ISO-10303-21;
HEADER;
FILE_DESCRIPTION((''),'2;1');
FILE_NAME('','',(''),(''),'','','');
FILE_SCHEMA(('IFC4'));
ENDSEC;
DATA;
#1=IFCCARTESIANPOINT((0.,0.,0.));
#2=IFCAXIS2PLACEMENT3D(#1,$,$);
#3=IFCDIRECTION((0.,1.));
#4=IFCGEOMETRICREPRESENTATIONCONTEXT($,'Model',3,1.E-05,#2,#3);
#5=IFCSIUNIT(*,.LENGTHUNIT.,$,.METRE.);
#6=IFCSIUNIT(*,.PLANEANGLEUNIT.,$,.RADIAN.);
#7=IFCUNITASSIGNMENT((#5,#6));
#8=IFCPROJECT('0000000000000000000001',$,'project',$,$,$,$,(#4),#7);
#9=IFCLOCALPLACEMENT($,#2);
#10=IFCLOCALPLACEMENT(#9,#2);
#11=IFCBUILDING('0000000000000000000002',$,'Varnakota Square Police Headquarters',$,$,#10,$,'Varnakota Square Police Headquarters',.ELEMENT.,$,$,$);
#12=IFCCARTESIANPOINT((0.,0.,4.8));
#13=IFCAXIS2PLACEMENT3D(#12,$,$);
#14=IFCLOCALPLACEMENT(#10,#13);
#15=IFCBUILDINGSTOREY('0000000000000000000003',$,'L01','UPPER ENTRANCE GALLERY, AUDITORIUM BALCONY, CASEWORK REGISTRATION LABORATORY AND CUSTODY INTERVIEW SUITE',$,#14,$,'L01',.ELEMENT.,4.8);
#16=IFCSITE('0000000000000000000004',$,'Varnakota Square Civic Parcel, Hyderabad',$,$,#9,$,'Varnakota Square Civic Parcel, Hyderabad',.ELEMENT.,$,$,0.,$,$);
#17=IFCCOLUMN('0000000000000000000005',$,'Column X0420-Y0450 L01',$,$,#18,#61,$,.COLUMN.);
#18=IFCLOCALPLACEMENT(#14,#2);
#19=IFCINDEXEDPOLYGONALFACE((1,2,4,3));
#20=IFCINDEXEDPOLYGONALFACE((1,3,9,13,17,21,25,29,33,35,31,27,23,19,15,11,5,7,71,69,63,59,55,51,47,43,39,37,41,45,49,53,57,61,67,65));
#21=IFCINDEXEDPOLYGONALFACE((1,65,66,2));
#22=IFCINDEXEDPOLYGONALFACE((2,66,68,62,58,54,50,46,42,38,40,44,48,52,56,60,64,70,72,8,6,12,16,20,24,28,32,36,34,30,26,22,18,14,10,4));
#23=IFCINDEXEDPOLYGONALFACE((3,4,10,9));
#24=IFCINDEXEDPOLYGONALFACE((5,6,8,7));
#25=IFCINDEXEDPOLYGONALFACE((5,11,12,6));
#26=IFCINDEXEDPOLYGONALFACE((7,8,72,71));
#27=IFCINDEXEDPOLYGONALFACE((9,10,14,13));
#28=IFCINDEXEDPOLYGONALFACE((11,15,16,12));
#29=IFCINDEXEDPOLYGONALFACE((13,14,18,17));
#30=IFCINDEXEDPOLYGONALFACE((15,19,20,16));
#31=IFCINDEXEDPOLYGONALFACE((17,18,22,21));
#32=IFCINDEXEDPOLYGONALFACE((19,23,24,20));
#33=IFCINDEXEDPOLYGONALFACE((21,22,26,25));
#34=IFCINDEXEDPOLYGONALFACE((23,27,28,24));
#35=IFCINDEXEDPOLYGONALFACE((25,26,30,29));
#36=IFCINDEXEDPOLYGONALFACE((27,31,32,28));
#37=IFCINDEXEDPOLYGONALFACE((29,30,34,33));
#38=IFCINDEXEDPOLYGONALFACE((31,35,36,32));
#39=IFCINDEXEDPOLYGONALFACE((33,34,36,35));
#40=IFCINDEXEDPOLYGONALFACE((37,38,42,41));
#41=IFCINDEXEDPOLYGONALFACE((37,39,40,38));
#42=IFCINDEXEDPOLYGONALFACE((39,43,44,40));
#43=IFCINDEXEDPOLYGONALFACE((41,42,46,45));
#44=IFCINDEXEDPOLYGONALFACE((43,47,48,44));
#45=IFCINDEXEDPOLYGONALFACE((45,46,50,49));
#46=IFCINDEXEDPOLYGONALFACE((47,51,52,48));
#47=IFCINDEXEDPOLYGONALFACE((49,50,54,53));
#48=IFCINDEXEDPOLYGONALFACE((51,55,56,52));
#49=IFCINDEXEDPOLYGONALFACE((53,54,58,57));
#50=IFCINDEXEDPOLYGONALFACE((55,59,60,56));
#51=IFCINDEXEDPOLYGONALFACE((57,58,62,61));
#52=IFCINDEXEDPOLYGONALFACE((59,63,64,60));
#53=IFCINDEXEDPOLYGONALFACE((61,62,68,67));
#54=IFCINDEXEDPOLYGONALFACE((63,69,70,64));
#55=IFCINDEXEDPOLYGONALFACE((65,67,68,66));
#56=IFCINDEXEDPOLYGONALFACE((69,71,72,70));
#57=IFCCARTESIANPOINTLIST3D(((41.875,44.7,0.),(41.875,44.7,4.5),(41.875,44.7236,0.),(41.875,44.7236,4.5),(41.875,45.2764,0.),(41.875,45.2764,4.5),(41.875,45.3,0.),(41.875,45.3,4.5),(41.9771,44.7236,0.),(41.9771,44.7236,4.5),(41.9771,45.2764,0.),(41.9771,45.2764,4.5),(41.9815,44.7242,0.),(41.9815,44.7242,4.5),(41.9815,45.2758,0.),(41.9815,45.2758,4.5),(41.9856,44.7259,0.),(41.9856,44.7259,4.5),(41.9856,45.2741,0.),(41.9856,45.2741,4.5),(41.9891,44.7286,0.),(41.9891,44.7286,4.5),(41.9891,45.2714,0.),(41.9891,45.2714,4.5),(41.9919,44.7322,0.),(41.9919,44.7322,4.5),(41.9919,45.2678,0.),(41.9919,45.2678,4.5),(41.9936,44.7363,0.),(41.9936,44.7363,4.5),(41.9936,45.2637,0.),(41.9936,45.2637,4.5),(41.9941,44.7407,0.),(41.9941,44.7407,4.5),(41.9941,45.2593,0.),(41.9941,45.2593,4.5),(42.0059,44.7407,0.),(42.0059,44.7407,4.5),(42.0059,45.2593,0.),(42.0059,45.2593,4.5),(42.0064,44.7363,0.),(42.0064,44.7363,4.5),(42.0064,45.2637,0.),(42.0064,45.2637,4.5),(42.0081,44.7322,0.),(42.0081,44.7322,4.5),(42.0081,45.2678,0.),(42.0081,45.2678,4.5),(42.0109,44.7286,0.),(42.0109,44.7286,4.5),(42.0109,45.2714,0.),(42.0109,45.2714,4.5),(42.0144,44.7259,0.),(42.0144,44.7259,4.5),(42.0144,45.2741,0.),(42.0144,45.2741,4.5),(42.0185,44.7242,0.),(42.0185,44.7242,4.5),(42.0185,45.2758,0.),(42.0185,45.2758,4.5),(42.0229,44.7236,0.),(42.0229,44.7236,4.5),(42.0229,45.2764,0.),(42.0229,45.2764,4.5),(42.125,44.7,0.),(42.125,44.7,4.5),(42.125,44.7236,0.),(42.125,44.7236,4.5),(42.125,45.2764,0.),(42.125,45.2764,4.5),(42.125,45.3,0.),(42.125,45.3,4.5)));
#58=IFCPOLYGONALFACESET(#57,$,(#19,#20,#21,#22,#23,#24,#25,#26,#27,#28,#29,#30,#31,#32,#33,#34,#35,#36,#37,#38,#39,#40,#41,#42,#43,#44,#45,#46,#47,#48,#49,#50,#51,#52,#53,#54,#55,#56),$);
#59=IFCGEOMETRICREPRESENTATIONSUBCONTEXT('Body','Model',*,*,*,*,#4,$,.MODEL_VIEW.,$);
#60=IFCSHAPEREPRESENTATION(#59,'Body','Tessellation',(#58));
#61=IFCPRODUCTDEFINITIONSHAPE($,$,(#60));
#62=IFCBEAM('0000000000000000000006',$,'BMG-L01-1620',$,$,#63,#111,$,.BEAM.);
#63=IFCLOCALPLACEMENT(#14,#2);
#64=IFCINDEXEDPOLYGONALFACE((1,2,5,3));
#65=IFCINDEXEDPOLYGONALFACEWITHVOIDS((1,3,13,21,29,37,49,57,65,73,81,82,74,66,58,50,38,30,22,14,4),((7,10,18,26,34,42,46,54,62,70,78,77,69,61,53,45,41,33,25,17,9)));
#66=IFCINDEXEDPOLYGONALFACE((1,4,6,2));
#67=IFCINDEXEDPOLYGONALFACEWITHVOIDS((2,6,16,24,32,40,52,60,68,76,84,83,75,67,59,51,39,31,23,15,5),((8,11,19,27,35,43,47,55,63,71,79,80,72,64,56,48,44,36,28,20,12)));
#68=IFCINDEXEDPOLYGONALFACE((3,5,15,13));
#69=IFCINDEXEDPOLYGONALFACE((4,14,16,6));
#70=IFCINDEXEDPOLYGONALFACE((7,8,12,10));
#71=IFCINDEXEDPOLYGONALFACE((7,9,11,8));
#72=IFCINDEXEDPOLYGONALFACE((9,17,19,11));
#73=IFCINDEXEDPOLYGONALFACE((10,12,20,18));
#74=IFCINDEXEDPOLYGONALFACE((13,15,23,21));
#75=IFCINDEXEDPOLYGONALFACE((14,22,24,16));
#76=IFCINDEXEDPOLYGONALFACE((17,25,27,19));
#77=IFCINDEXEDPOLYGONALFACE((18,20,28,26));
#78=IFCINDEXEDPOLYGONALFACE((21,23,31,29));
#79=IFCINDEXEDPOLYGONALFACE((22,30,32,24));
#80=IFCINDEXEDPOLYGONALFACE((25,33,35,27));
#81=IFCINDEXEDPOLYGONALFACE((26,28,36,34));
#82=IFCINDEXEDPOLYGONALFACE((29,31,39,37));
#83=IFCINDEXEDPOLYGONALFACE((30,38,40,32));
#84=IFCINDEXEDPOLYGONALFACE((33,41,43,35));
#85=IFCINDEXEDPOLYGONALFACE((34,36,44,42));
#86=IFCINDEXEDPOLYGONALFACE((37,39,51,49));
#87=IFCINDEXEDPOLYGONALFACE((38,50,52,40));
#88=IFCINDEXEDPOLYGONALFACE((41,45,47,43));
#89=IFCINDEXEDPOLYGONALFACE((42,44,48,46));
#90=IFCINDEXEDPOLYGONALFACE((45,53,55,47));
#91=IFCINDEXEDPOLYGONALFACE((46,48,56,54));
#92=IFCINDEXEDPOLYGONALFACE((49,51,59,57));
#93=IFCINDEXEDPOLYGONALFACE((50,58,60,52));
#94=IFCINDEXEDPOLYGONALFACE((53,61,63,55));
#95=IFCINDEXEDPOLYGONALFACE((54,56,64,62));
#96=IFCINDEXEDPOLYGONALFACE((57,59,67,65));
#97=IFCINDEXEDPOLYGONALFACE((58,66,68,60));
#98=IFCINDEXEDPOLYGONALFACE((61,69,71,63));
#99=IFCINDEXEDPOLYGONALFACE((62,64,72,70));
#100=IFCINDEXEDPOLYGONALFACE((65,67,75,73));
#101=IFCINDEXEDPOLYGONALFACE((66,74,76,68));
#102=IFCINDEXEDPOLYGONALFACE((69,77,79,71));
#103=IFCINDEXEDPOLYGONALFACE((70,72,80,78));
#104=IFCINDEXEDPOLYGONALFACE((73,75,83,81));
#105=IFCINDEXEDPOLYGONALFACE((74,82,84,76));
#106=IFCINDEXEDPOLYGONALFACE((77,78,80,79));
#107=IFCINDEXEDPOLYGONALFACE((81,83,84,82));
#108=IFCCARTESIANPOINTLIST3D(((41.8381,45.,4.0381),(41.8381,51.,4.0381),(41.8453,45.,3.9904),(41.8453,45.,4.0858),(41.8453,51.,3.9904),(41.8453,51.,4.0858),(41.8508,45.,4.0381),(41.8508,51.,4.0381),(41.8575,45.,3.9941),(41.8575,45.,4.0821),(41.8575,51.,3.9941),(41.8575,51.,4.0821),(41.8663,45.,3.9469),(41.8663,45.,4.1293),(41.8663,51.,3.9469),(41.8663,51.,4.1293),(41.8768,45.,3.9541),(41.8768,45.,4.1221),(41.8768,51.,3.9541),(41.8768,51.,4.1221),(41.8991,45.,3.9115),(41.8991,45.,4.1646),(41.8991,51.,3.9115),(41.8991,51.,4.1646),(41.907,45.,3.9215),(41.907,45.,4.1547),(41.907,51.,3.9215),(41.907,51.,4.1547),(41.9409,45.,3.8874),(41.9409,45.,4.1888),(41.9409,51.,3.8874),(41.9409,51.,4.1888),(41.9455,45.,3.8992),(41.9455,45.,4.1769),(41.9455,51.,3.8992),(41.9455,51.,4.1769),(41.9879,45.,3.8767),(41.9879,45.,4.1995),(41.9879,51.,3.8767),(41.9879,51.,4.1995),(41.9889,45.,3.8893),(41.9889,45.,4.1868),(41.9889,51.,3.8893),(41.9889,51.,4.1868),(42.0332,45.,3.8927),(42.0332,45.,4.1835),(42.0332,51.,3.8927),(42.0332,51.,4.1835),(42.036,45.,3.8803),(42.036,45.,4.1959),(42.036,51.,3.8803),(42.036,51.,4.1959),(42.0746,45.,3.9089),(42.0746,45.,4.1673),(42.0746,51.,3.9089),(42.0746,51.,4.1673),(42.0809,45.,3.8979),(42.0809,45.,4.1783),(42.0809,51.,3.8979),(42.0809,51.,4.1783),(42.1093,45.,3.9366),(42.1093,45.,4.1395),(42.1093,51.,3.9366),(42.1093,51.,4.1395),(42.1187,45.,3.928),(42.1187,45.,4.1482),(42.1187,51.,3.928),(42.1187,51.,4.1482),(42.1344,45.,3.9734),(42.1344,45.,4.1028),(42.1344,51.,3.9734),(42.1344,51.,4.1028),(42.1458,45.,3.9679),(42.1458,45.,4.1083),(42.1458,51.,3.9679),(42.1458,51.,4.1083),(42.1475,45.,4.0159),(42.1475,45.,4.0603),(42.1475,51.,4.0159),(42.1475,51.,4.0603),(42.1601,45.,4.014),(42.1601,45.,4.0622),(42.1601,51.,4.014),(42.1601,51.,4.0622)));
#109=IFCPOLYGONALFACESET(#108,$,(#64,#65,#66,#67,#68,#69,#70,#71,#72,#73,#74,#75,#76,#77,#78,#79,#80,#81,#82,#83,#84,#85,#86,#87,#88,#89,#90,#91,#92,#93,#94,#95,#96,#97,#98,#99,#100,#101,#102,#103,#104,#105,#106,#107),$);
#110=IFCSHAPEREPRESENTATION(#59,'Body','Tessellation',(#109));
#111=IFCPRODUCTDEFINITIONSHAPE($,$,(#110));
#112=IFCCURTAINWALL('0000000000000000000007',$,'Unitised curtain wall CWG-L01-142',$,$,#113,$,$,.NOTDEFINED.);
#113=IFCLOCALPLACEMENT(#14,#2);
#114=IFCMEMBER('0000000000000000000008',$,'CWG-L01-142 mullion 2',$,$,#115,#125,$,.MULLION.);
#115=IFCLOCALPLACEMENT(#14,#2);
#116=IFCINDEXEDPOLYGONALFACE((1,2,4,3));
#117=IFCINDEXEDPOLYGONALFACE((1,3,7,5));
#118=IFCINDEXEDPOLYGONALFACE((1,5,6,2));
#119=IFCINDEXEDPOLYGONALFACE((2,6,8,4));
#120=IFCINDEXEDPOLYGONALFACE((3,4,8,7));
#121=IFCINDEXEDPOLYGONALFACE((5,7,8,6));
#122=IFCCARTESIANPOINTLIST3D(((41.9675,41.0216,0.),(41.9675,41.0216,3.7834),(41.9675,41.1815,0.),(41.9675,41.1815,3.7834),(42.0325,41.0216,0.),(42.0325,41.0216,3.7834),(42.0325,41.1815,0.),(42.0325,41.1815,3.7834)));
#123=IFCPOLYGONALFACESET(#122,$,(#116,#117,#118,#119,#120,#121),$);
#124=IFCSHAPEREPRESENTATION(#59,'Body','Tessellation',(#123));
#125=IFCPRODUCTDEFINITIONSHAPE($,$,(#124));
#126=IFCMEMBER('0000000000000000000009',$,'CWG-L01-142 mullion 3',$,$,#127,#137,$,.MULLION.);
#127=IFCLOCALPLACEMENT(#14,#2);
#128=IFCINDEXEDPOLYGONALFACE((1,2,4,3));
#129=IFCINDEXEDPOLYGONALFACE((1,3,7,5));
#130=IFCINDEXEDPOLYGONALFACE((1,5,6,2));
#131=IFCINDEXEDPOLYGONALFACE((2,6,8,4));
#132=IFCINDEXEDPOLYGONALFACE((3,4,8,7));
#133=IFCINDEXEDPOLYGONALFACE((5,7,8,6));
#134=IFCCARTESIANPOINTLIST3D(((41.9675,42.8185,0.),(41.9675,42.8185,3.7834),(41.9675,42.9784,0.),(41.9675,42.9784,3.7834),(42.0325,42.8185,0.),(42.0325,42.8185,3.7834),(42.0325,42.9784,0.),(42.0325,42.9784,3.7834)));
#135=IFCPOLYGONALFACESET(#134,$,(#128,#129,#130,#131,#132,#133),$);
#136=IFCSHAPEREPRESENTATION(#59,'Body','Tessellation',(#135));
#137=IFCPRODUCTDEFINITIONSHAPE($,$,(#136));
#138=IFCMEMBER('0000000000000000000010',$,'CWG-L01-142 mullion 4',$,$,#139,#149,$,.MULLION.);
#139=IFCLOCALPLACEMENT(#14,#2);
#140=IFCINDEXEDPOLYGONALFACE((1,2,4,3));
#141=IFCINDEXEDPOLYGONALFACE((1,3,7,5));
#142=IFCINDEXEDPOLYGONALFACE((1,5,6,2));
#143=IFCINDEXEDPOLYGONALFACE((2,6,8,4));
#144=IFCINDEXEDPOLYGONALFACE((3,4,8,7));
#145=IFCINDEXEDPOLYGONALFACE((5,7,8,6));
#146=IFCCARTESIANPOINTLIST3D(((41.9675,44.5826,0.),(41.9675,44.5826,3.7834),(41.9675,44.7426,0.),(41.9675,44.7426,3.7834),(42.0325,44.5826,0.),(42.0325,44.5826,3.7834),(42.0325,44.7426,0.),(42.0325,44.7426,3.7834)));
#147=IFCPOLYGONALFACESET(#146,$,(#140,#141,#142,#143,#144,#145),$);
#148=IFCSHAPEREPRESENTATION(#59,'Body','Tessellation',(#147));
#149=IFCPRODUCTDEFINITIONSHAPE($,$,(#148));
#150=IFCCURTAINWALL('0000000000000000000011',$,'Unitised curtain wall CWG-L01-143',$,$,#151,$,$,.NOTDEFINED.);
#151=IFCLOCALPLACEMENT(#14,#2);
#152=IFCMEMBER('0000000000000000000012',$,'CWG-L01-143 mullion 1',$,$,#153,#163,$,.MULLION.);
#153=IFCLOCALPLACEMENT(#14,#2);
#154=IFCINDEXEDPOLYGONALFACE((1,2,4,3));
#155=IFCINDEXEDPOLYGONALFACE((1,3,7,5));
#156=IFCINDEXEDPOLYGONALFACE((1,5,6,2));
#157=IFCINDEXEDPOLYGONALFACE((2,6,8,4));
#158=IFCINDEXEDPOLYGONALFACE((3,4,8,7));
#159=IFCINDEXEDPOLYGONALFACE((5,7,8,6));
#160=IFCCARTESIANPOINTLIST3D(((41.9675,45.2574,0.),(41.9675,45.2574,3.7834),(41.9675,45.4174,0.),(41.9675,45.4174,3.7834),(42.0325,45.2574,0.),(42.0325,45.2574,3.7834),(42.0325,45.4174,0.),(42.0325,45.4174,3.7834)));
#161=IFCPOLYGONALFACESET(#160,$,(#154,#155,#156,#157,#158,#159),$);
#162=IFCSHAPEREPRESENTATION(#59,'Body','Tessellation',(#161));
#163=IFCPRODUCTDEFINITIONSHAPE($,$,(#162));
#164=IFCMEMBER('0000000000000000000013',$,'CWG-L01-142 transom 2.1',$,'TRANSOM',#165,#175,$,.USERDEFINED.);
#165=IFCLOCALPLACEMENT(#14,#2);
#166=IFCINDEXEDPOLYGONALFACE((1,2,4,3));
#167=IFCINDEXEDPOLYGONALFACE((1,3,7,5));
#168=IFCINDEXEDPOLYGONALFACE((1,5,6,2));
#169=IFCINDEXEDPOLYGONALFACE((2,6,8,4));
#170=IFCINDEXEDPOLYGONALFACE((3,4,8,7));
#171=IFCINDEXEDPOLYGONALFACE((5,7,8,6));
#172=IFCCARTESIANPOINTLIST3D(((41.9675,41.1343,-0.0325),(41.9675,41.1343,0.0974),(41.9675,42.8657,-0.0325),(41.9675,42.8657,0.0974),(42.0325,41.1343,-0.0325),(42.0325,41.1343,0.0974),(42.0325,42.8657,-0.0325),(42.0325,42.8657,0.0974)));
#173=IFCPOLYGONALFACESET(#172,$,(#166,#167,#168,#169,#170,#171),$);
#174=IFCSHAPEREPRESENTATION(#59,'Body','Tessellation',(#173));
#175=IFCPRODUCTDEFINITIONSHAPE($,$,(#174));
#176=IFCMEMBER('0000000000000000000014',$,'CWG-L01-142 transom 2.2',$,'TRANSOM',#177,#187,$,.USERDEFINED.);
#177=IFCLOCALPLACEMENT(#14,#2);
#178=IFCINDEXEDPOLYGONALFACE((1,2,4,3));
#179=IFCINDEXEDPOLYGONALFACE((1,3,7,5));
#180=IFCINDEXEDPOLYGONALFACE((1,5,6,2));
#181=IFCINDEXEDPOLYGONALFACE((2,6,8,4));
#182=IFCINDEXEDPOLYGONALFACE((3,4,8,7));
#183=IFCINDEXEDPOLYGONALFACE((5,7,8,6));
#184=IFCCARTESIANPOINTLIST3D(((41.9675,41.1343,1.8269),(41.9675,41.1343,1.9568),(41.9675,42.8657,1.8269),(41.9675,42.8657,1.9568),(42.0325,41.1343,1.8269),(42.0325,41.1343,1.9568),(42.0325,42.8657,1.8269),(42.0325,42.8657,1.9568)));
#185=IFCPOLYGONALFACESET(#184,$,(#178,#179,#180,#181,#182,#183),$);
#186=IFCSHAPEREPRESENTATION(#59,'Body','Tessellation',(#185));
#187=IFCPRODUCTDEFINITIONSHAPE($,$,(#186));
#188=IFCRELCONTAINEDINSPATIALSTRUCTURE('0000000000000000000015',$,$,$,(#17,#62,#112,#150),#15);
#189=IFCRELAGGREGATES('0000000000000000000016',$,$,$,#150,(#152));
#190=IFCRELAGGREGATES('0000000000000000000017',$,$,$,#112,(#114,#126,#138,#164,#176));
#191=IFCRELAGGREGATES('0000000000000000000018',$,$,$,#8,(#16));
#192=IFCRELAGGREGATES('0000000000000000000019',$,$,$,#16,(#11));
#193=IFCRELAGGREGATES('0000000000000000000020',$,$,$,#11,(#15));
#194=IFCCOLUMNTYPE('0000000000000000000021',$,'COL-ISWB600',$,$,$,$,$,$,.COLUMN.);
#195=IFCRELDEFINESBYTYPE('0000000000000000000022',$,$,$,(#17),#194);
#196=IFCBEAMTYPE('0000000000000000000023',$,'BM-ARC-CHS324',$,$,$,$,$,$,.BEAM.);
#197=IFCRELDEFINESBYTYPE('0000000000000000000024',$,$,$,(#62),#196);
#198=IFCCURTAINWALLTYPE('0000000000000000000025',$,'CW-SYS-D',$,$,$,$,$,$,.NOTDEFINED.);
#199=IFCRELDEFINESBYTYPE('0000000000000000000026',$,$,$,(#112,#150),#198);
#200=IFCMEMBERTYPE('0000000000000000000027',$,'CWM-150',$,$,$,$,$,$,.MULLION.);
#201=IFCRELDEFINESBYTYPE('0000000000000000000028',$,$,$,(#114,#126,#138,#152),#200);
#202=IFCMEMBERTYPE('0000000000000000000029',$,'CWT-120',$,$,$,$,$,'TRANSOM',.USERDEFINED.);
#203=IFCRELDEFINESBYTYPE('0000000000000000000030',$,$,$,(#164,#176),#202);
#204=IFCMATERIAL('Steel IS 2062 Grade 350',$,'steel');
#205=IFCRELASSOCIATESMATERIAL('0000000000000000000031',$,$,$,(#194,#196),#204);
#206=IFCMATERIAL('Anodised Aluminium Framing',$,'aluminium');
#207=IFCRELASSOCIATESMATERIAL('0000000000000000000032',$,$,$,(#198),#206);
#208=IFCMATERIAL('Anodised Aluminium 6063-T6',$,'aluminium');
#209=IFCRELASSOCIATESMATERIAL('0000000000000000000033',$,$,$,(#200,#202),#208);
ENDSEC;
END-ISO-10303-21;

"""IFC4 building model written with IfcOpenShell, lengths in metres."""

from ifc_helpers import new_model, si_unit, direction, frame, origin, origin_2d, place, context, subcontext, project, spatial, rectangle, hollow_circle, i_section, extrude, material, material_profile, profile_set, type_object, element, aggregate, save


model = new_model("IFC4")

# Units and contexts
model_context = context("Model", 3, precision=1e-05, world=origin(), true_north=direction((0.0, 1.0)))
body_context = subcontext(model_context, "Body", "Model", "MODEL_VIEW")
ifc_project = project(units=[si_unit("LENGTHUNIT", "METRE"), si_unit("PLANEANGLEUNIT", "RADIAN")], contexts=[model_context])

# Site, building, storey
site_placement = place(None, origin())
site = spatial("IfcSite", under=ifc_project, at=site_placement, Name="Varnakota Square Civic Parcel, Hyderabad", LongName="Varnakota Square Civic Parcel, Hyderabad", CompositionType="ELEMENT", RefElevation=0.0)
building_placement = place(site_placement, origin())
building = spatial("IfcBuilding", under=site, at=building_placement, Name="Varnakota Square Police Headquarters", LongName="Varnakota Square Police Headquarters", CompositionType="ELEMENT")
storey_placement = place(building_placement, frame((0.0, 0.0, 4.8)))
storey = spatial("IfcBuildingStorey", under=building, at=storey_placement, Name="L01", Description="UPPER ENTRANCE GALLERY, AUDITORIUM BALCONY, CASEWORK REGISTRATION LABORATORY AND CUSTODY INTERVIEW SUITE", LongName="L01", CompositionType="ELEMENT", Elevation=4.8)

# Column
ifc_material_1 = material(Name="Steel IS 2062 Grade 350", Category="steel")
ifc_material_profile_1 = material_profile(ifc_material_1, i_section(OverallWidth=0.25, OverallDepth=0.6001, WebThickness=0.0117, FlangeThickness=0.0237, FilletRadius=0.0171, at=origin_2d()), Name="ISWB 600")
ifc_profile_set_1 = profile_set([ifc_material_profile_1], Name="Steel IS 2062 Grade 350")
column_type = type_object("IfcColumnType", Name="COL-ISWB600", PredefinedType="COLUMN", material=ifc_profile_set_1)
column_placement = place(storey_placement, frame((42.0, 45.0, 0.0), z_axis=(0.0, 0.0, 1.0), x_axis=(1.0, 0.0, 0.0)))
element("IfcColumn", 1, at=column_placement, inside=storey, type_object=column_type, Name="Column X0420-Y0450 L01", PredefinedType="COLUMN", context=body_context, shape_type="SweptSolid", body=[
    extrude(i_section(OverallWidth=0.25, OverallDepth=0.6001, WebThickness=0.0117, FlangeThickness=0.0237, FilletRadius=0.0171, at=origin_2d()), origin(), (0.0, 0.0, 1.0), 4.5),
])

# Beam
ifc_material_profile_2 = material_profile(ifc_material_1, hollow_circle(Radius=0.1619, WallThickness=0.0127, at=origin_2d()), Name="CHS 323.9x12.7")
ifc_profile_set_2 = profile_set([ifc_material_profile_2], Name="Steel IS 2062 Grade 350")
beam_type = type_object("IfcBeamType", Name="BM-ARC-CHS324", PredefinedType="BEAM", material=ifc_profile_set_2)
beam_placement = place(storey_placement, frame((42.0, 45.0, 4.0381), z_axis=(0.0, 1.0, 0.0), x_axis=(-1.0, 0.0, 0.0)))
element("IfcBeam", 2, at=beam_placement, inside=storey, type_object=beam_type, Name="BMG-L01-1620", PredefinedType="BEAM", context=body_context, shape_type="SweptSolid", body=[
    extrude(hollow_circle(Radius=0.1619, WallThickness=0.0127, at=origin_2d()), origin(), (0.0, 0.0, 1.0), 6.0),
])

# Curtain wall, members
ifc_material_2 = material(Name="Anodised Aluminium Framing", Category="aluminium")
curtain_wall_type = type_object("IfcCurtainWallType", Name="CW-SYS-D", PredefinedType="NOTDEFINED", material=ifc_material_2)
curtain_wall_1_placement = place(storey_placement, origin())
curtain_wall_1 = element("IfcCurtainWall", 3, at=curtain_wall_1_placement, inside=storey, type_object=curtain_wall_type, Name="Unitised curtain wall CWG-L01-142", PredefinedType="NOTDEFINED")
ifc_material_3 = material(Name="Anodised Aluminium 6063-T6", Category="aluminium")
ifc_material_profile_3 = material_profile(ifc_material_3, rectangle(XDim=0.0649, YDim=0.1599, at=origin_2d()), Name="ALU MULLION 65x160")
ifc_profile_set_3 = profile_set([ifc_material_profile_3], Name="Anodised Aluminium 6063-T6")
member_type_1 = type_object("IfcMemberType", Name="CWM-150", PredefinedType="MULLION", material=ifc_profile_set_3)
member_1_placement = place(storey_placement, frame((42.0, 41.1016, 0.0), z_axis=(0.0, 0.0, 1.0), x_axis=(-1.0, 0.0, 0.0)))
member_1 = element("IfcMember", 4, at=member_1_placement, type_object=member_type_1, Name="CWG-L01-142 mullion 2", PredefinedType="MULLION", context=body_context, shape_type="SweptSolid", body=[
    extrude(rectangle(XDim=0.0649, YDim=0.1599, at=origin_2d()), origin(), (0.0, 0.0, 1.0), 3.7834),
])
member_2_placement = place(storey_placement, frame((42.0, 42.8984, 0.0), z_axis=(0.0, 0.0, 1.0), x_axis=(-1.0, 0.0, 0.0)))
member_2 = element("IfcMember", 5, at=member_2_placement, type_object=member_type_1, Name="CWG-L01-142 mullion 3", PredefinedType="MULLION", context=body_context, shape_type="SweptSolid", body=[
    extrude(rectangle(XDim=0.0649, YDim=0.1599, at=origin_2d()), origin(), (0.0, 0.0, 1.0), 3.7834),
])
member_3_placement = place(storey_placement, frame((42.0, 44.6626, 0.0), z_axis=(0.0, 0.0, 1.0), x_axis=(-1.0, 0.0, 0.0)))
member_3 = element("IfcMember", 6, at=member_3_placement, type_object=member_type_1, Name="CWG-L01-142 mullion 4", PredefinedType="MULLION", context=body_context, shape_type="SweptSolid", body=[
    extrude(rectangle(XDim=0.0649, YDim=0.1599, at=origin_2d()), origin(), (0.0, 0.0, 1.0), 3.7834),
])

# Curtain wall, member
curtain_wall_2_placement = place(storey_placement, origin())
curtain_wall_2 = element("IfcCurtainWall", 7, at=curtain_wall_2_placement, inside=storey, type_object=curtain_wall_type, Name="Unitised curtain wall CWG-L01-143", PredefinedType="NOTDEFINED")
member_4_placement = place(storey_placement, frame((42.0, 45.3374, 0.0), z_axis=(0.0, 0.0, 1.0), x_axis=(-1.0, 0.0, 0.0)))
member_4 = element("IfcMember", 8, at=member_4_placement, type_object=member_type_1, Name="CWG-L01-143 mullion 1", PredefinedType="MULLION", context=body_context, shape_type="SweptSolid", body=[
    extrude(rectangle(XDim=0.0649, YDim=0.1599, at=origin_2d()), origin(), (0.0, 0.0, 1.0), 3.7834),
])

# Members
ifc_material_profile_4 = material_profile(ifc_material_3, rectangle(XDim=0.0649, YDim=0.1299, at=origin_2d()), Name="ALU TRANSOM 65x130")
ifc_profile_set_4 = profile_set([ifc_material_profile_4], Name="Anodised Aluminium 6063-T6")
member_type_2 = type_object("IfcMemberType", Name="CWT-120", ElementType="TRANSOM", PredefinedType="USERDEFINED", material=ifc_profile_set_4)
member_5_placement = place(storey_placement, frame((42.0, 41.1343, 0.0325), z_axis=(0.0, 1.0, 0.0), x_axis=(-1.0, 0.0, 0.0)))
member_5 = element("IfcMember", 9, at=member_5_placement, type_object=member_type_2, Name="CWG-L01-142 transom 2.1", ObjectType="TRANSOM", PredefinedType="USERDEFINED", context=body_context, shape_type="SweptSolid", body=[
    extrude(rectangle(XDim=0.0649, YDim=0.1299, at=origin_2d()), origin(), (0.0, 0.0, 1.0), 1.7314),
])
member_6_placement = place(storey_placement, frame((42.0, 41.1343, 1.8918), z_axis=(0.0, 1.0, 0.0), x_axis=(-1.0, 0.0, 0.0)))
member_6 = element("IfcMember", 10, at=member_6_placement, type_object=member_type_2, Name="CWG-L01-142 transom 2.2", ObjectType="TRANSOM", PredefinedType="USERDEFINED", context=body_context, shape_type="SweptSolid", body=[
    extrude(rectangle(XDim=0.0649, YDim=0.1299, at=origin_2d()), origin(), (0.0, 0.0, 1.0), 1.7314),
])

aggregate(curtain_wall_2, [member_4])
aggregate(curtain_wall_1, [member_1, member_2, member_3, member_5, member_6])

save(model, "model.ifc")
